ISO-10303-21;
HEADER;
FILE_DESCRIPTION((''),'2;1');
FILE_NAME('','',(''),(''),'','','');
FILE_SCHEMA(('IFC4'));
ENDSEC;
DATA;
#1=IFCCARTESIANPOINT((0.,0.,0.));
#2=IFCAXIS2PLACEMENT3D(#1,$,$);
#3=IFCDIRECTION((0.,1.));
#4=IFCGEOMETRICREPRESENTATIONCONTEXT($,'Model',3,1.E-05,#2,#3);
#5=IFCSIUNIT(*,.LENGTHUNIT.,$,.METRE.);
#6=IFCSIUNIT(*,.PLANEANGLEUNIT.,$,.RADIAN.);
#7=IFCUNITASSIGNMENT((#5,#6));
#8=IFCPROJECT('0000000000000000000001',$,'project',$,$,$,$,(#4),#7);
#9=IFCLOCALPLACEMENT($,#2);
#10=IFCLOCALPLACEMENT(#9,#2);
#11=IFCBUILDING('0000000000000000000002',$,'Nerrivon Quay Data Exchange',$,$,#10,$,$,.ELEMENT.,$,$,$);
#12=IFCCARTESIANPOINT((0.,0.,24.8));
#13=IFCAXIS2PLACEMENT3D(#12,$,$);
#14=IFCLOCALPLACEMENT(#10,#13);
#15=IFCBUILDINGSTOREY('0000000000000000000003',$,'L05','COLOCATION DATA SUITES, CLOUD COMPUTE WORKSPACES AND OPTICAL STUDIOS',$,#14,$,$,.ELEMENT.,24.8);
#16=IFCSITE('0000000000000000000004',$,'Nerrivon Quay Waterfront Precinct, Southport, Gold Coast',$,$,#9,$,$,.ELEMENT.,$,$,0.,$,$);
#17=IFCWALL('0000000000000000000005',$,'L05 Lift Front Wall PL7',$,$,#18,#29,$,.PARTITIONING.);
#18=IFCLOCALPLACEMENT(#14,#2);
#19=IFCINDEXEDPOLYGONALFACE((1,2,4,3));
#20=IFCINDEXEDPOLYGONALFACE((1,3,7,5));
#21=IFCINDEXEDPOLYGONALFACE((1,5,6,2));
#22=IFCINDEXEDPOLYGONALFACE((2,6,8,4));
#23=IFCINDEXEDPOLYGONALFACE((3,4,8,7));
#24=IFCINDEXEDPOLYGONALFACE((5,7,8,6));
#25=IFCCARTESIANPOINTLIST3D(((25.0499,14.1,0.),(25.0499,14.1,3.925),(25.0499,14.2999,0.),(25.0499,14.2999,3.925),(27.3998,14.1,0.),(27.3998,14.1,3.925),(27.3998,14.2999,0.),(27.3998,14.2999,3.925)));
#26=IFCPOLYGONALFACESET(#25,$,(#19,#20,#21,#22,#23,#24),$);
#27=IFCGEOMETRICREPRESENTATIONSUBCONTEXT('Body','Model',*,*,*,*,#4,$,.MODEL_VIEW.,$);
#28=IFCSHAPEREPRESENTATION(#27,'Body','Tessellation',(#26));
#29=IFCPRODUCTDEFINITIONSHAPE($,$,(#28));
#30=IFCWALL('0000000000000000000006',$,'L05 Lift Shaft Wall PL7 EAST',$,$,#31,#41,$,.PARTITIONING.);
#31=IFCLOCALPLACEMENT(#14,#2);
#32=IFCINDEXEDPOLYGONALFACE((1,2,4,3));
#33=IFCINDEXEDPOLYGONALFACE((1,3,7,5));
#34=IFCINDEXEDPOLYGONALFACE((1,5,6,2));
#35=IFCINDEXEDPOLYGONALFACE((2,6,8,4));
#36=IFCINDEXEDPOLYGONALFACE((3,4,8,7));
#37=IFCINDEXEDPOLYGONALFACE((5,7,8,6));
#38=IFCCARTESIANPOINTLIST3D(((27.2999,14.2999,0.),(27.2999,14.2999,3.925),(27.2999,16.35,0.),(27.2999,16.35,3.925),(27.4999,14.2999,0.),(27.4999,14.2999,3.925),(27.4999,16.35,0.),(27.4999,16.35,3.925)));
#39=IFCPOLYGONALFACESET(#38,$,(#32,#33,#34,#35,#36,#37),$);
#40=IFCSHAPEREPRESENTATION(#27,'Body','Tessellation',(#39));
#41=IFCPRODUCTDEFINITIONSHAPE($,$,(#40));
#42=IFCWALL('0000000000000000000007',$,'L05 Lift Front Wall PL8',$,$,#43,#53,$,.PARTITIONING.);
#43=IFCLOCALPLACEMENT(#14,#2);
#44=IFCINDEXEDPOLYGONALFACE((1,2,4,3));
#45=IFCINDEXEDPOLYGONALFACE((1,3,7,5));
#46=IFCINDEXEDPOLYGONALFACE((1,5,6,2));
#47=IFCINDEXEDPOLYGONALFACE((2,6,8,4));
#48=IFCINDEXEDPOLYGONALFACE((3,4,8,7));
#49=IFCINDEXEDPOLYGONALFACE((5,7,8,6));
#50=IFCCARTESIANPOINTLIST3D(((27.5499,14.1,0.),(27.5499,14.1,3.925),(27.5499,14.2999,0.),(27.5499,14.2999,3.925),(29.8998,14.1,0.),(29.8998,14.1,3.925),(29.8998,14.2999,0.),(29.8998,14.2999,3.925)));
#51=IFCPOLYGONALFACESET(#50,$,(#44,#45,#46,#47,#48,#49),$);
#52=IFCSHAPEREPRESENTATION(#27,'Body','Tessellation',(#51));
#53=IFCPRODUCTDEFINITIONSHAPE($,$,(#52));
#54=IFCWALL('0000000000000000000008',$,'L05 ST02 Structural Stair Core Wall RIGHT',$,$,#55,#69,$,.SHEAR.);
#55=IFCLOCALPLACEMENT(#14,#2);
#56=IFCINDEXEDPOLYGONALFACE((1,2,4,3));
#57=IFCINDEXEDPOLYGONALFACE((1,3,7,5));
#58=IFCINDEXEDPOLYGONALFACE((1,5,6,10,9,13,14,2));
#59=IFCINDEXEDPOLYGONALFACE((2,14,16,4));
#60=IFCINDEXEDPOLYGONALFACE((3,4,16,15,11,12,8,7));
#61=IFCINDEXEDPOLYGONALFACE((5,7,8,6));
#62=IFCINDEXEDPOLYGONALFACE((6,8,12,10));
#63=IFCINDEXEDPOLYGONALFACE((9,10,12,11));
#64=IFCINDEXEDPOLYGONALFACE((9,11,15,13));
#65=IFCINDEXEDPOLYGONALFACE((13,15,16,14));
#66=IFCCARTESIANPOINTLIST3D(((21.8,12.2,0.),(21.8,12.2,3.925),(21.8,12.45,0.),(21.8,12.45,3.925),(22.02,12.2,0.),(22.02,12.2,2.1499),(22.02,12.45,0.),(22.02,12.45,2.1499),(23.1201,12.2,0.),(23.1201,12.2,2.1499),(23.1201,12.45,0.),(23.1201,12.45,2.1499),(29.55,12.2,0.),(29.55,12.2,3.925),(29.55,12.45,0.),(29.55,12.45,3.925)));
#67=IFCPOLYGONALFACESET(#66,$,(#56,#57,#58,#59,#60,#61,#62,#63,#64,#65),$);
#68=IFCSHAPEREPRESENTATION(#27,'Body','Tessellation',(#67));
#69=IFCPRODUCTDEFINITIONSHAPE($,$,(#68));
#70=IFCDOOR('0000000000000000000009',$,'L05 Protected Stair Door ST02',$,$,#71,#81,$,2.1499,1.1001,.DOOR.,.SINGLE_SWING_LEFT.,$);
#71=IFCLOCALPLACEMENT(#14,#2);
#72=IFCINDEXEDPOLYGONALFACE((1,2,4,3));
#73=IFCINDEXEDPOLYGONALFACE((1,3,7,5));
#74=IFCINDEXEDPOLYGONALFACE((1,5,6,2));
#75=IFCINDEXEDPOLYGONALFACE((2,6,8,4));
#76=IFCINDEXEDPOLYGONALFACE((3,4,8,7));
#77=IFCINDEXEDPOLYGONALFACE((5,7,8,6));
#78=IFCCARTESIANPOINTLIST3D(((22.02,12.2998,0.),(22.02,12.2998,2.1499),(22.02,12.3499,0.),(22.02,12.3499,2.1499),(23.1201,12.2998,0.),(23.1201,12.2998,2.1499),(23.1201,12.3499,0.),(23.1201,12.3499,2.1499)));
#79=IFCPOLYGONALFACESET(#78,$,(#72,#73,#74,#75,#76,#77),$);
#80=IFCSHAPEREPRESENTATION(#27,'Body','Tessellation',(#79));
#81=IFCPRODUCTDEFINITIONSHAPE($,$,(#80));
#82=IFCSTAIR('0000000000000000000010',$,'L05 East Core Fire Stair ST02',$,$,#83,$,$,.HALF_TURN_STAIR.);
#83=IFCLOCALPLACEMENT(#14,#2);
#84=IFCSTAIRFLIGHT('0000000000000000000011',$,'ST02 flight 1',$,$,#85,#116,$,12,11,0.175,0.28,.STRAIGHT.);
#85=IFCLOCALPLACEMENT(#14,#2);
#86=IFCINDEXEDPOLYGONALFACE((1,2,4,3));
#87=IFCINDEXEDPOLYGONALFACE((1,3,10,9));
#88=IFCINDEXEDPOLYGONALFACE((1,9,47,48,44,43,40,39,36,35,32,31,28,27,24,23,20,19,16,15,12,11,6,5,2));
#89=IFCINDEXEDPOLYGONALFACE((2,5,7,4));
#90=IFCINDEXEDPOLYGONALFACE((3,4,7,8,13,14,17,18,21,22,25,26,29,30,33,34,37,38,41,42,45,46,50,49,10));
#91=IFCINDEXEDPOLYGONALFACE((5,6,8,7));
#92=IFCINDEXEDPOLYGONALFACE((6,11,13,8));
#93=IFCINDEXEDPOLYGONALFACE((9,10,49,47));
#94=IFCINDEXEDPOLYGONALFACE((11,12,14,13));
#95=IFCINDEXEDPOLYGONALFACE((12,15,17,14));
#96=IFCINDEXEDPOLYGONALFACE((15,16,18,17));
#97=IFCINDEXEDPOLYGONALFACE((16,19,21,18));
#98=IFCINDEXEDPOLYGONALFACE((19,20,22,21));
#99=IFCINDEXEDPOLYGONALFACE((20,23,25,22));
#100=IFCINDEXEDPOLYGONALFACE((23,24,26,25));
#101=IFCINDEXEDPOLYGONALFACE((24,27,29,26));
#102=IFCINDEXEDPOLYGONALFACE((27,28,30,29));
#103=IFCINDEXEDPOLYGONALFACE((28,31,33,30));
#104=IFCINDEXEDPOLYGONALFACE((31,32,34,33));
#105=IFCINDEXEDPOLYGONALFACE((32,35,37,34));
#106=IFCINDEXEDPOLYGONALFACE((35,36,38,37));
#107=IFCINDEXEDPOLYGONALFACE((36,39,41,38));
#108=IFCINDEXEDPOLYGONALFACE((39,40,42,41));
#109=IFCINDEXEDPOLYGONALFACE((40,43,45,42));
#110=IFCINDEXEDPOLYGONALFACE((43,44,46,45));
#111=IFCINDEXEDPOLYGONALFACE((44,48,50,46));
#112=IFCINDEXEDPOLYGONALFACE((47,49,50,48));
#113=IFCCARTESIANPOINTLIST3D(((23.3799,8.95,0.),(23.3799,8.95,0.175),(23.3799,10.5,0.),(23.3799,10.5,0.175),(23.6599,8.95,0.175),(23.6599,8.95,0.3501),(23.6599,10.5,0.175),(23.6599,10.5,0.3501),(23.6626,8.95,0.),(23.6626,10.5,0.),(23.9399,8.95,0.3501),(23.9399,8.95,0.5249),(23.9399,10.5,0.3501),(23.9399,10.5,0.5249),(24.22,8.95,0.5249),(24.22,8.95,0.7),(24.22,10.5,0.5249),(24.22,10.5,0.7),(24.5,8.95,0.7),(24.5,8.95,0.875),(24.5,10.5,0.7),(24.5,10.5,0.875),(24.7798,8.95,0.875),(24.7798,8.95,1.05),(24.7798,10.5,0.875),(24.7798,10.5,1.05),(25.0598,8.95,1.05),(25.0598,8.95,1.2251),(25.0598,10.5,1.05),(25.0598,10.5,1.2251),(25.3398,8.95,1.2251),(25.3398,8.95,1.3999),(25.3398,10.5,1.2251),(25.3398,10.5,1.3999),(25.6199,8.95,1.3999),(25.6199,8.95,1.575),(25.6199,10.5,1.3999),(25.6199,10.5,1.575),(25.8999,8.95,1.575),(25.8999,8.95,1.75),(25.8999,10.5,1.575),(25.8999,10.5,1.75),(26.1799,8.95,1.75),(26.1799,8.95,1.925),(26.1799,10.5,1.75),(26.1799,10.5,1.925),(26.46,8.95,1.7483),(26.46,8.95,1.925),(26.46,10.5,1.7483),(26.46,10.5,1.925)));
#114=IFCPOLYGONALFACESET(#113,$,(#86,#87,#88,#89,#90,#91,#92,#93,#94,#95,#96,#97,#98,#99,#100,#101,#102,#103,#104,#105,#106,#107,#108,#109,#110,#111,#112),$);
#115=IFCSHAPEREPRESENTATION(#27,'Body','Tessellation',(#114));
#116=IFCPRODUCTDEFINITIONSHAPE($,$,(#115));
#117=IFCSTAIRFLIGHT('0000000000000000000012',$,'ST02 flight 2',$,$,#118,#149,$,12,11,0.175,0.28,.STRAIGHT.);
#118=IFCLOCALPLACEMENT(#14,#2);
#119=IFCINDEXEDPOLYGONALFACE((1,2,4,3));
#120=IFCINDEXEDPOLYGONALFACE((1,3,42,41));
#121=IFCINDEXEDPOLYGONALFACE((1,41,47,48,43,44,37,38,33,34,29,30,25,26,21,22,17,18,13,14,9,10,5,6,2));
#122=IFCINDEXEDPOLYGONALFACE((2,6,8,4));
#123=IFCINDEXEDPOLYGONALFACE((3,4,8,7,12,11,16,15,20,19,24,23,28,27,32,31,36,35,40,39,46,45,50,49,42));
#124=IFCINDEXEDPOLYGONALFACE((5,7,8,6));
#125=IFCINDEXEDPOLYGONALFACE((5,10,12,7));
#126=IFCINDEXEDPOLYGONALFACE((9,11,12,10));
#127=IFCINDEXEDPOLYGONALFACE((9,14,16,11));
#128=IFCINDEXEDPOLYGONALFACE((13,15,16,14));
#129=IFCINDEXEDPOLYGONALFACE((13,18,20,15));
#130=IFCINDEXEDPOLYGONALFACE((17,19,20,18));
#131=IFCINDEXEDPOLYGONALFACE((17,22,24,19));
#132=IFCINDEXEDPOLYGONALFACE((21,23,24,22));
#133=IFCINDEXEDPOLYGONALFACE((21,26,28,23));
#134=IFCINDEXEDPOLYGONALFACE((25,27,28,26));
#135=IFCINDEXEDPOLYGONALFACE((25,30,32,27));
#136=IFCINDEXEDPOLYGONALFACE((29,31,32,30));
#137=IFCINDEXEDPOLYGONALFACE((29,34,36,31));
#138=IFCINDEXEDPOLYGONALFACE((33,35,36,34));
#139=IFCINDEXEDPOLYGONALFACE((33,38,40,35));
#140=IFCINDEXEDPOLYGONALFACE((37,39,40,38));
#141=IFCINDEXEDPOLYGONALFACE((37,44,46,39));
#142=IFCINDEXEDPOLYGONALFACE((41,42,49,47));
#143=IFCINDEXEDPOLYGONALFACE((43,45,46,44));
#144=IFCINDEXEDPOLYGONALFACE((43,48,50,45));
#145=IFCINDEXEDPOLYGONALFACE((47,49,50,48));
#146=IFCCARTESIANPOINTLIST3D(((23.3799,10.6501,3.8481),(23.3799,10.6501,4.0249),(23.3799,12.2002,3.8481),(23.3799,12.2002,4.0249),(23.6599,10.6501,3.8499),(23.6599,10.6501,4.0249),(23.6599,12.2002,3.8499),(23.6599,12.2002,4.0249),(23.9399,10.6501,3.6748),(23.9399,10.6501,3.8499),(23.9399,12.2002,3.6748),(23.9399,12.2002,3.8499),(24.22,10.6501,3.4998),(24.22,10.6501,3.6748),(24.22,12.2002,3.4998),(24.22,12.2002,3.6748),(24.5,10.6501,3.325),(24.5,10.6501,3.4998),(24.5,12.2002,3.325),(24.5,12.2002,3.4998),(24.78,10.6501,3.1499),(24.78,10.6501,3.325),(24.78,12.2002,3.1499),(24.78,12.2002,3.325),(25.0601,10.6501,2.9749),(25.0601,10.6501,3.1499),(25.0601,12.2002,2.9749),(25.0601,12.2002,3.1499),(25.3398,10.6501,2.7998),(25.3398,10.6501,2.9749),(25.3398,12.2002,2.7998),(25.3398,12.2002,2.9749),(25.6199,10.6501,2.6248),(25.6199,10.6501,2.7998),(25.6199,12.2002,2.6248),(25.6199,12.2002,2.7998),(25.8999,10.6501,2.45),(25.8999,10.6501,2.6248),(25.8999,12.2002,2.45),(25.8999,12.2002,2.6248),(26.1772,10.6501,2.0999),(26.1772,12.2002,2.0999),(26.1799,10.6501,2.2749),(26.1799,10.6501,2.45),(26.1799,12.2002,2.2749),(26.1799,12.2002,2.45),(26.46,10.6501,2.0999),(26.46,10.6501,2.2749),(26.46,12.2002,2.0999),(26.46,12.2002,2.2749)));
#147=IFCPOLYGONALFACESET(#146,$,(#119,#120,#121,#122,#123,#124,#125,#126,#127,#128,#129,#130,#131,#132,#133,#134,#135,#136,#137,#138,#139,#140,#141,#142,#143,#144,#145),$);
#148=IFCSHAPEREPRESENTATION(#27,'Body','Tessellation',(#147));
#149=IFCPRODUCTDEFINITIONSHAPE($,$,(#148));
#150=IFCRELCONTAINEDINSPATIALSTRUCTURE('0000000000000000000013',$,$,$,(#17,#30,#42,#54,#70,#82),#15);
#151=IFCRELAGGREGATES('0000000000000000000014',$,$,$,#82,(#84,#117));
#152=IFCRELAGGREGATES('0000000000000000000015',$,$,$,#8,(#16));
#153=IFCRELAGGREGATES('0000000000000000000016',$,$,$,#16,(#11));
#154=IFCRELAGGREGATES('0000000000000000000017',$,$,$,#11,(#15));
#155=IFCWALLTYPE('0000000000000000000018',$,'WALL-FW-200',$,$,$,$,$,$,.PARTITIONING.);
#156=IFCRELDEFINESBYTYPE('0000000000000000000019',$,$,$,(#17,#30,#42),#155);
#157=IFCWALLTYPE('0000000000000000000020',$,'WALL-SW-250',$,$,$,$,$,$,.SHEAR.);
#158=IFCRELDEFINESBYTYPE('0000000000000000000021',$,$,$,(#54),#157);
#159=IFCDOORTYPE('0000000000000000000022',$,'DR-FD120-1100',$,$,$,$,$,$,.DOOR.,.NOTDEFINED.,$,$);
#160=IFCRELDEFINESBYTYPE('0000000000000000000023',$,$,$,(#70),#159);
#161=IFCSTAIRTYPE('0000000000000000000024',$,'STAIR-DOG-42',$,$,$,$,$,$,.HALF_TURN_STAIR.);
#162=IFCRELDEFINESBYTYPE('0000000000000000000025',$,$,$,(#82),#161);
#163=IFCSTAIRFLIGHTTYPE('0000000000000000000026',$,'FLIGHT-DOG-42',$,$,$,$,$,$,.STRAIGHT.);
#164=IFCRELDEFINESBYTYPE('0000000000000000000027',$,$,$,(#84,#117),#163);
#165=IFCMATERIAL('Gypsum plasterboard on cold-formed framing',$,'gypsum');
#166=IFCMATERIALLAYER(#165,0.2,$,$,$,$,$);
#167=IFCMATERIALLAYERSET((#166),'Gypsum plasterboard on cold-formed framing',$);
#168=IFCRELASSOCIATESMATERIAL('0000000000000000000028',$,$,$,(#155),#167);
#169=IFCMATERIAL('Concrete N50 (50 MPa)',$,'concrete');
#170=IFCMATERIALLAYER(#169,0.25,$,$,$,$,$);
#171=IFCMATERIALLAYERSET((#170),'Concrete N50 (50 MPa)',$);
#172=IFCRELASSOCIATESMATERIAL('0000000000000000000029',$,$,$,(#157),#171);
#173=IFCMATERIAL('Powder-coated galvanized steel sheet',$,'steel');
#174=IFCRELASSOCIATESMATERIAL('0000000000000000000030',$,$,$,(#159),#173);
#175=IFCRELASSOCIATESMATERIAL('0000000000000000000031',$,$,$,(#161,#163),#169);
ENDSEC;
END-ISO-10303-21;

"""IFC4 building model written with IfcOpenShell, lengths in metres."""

from ifc_helpers import new_model, si_unit, direction, frame, frame_2d, origin, place, context, subcontext, project, spatial, polyline, rectangle, outline, extrude, material, layer, layer_set, type_object, element, fill, aggregate, save


model = new_model("IFC4")

# Units and contexts
model_context = context("Model", 3, precision=1e-05, world=origin(), true_north=direction((0.0, 1.0)))
body_context = subcontext(model_context, "Body", "Model", "MODEL_VIEW")
ifc_project = project(units=[si_unit("LENGTHUNIT", "METRE"), si_unit("PLANEANGLEUNIT", "RADIAN")], contexts=[model_context])

# Site, building, storey
site_placement = place(None, origin())
site = spatial("IfcSite", under=ifc_project, at=site_placement, Name="Nerrivon Quay Waterfront Precinct, Southport, Gold Coast", CompositionType="ELEMENT", RefElevation=0.0)
building_placement = place(site_placement, origin())
building = spatial("IfcBuilding", under=site, at=building_placement, Name="Nerrivon Quay Data Exchange", CompositionType="ELEMENT")
storey_placement = place(building_placement, frame((0.0, 0.0, 24.8)))
storey = spatial("IfcBuildingStorey", under=building, at=storey_placement, Name="L05", Description="COLOCATION DATA SUITES, CLOUD COMPUTE WORKSPACES AND OPTICAL STUDIOS", CompositionType="ELEMENT", Elevation=24.8)

# Shared definitions
ifc_material_1 = material(Name="Gypsum plasterboard on cold-formed framing", Category="gypsum")
ifc_layer_1 = layer(ifc_material_1, 0.2)
ifc_layer_set_1 = layer_set([ifc_layer_1], Name="Gypsum plasterboard on cold-formed framing")
wall_type_1 = type_object("IfcWallType", Name="WALL-FW-200", PredefinedType="PARTITIONING", material=ifc_layer_set_1)

# Shared definitions
ifc_material_2 = material(Name="Powder-coated galvanized steel sheet", Category="steel")

# Walls
wall_1_placement = place(storey_placement, frame((25.05, 14.2, 0.0), z_axis=(0.0, 0.0, 1.0), x_axis=(1.0, 0.0, 0.0)))
element("IfcWall", 1, at=wall_1_placement, inside=storey, type_object=wall_type_1, Name="L05 Lift Front Wall PL7", PredefinedType="PARTITIONING", context=body_context, shape_type="SweptSolid", body=[
    extrude(rectangle(XDim=2.3499, YDim=0.2, at=frame_2d((1.1748, 0.0))), origin(), (0.0, 0.0, 1.0), 3.925),
])
wall_2_placement = place(storey_placement, frame((27.3999, 14.3, 0.0), z_axis=(0.0, 0.0, 1.0), x_axis=(0.0, 1.0, 0.0)))
element("IfcWall", 2, at=wall_2_placement, inside=storey, type_object=wall_type_1, Name="L05 Lift Shaft Wall PL7 EAST", PredefinedType="PARTITIONING", context=body_context, shape_type="SweptSolid", body=[
    extrude(rectangle(XDim=2.05, YDim=0.2, at=frame_2d((1.0249, 0.0))), origin(), (0.0, 0.0, 1.0), 3.925),
])
wall_3_placement = place(storey_placement, frame((27.55, 14.2, 0.0), z_axis=(0.0, 0.0, 1.0), x_axis=(1.0, 0.0, 0.0)))
element("IfcWall", 3, at=wall_3_placement, inside=storey, type_object=wall_type_1, Name="L05 Lift Front Wall PL8", PredefinedType="PARTITIONING", context=body_context, shape_type="SweptSolid", body=[
    extrude(rectangle(XDim=2.3499, YDim=0.2, at=frame_2d((1.1748, 0.0))), origin(), (0.0, 0.0, 1.0), 3.925),
])

# Wall, opening, door
ifc_material_3 = material(Name="Concrete N50 (50 MPa)", Category="concrete")
ifc_layer_2 = layer(ifc_material_3, 0.25)
ifc_layer_set_2 = layer_set([ifc_layer_2], Name="Concrete N50 (50 MPa)")
wall_type_2 = type_object("IfcWallType", Name="WALL-SW-250", PredefinedType="SHEAR", material=ifc_layer_set_2)
wall_4_placement = place(storey_placement, frame((21.8, 12.325, 0.0), z_axis=(0.0, 0.0, 1.0), x_axis=(1.0, 0.0, 0.0)))
wall_4 = element("IfcWall", 4, at=wall_4_placement, inside=storey, type_object=wall_type_2, Name="L05 ST02 Structural Stair Core Wall RIGHT", PredefinedType="SHEAR", context=body_context, shape_type="SweptSolid", body=[
    extrude(rectangle(XDim=7.75, YDim=0.25, at=frame_2d((3.875, 0.0))), origin(), (0.0, 0.0, 1.0), 3.925),
])
opening_1_placement = place(wall_4_placement, frame((0.22, 0.0, 0.0)))
opening_1 = element("IfcOpeningElement", 5, at=opening_1_placement, cuts=wall_4, PredefinedType="OPENING", context=body_context, shape_type="SweptSolid", body=[
    extrude(rectangle(XDim=1.1001, YDim=2.1499, at=frame_2d((0.55, 1.075))), frame((0.0, 0.135, 0.0), z_axis=(0.0, -1.0, 0.0), x_axis=(1.0, 0.0, 0.0)), (0.0, 0.0, 1.0), 0.27),
])
door_type_1 = type_object("IfcDoorType", Name="DR-FD120-1100", OperationType="NOTDEFINED", PredefinedType="DOOR", material=ifc_material_2)
door_1_placement = place(opening_1_placement, origin())
door_1 = element("IfcDoor", 6, at=door_1_placement, inside=storey, type_object=door_type_1, Name="L05 Protected Stair Door ST02", OperationType="SINGLE_SWING_LEFT", OverallHeight=2.1499, OverallWidth=1.1001, PredefinedType="DOOR", context=body_context, shape_type="SweptSolid", body=[
    extrude(rectangle(XDim=1.1001, YDim=2.1499, at=frame_2d((0.55, 1.075))), frame((0.0, 0.0249, 0.0), z_axis=(0.0, -1.0, 0.0), x_axis=(1.0, 0.0, 0.0)), (0.0, 0.0, 1.0), 0.05),
])
fill(opening_1, door_1)

# Stair, stair flights
stair_type = type_object("IfcStairType", Name="STAIR-DOG-42", PredefinedType="HALF_TURN_STAIR", material=ifc_material_3)
stair_placement = place(storey_placement, origin())
stair = element("IfcStair", 7, at=stair_placement, inside=storey, type_object=stair_type, Name="L05 East Core Fire Stair ST02", PredefinedType="HALF_TURN_STAIR")
stair_flight_type = type_object("IfcStairFlightType", Name="FLIGHT-DOG-42", PredefinedType="STRAIGHT", material=ifc_material_3)
stair_flight_1_placement = place(storey_placement, frame((23.3799, 9.7251, 0.0), z_axis=(0.0, 0.0, 1.0), x_axis=(1.0, 0.0, 0.0)))
stair_flight_1 = element("IfcStairFlight", 8, at=stair_flight_1_placement, type_object=stair_flight_type, Name="ST02 flight 1", NumberOfRisers=12, NumberOfTreads=11, PredefinedType="STRAIGHT", RiserHeight=0.175, TreadLength=0.28, context=body_context, shape_type="SweptSolid", body=[
    extrude(outline(polyline([(0.0, 0.0), (0.0, 0.175), (0.28, 0.175), (0.28, 0.3501), (0.5601, 0.3501), (0.5601, 0.5249), (0.8401, 0.5249), (0.8401, 0.7), (1.1201, 0.7), (1.1201, 0.875), (1.3999, 0.875), (1.3999, 1.05), (1.6799, 1.05), (1.6799, 1.2251), (1.96, 1.2251), (1.96, 1.3999), (2.24, 1.3999), (2.24, 1.575), (2.52, 1.575), (2.52, 1.75), (2.8, 1.75), (2.8, 1.925), (3.0801, 1.925), (3.0801, 2.1001), (3.0801, 1.7483), (0.2827, 0.0), (0.0, 0.0)])), frame((0.0, 0.7749, 0.0), z_axis=(0.0, -1.0, 0.0), x_axis=(1.0, 0.0, 0.0)), (0.0, 0.0, 1.0), 1.55),
])
stair_flight_2_placement = place(storey_placement, frame((26.46, 11.425, 2.0999), z_axis=(0.0, 0.0, 1.0), x_axis=(-1.0, 0.0, 0.0)))
stair_flight_2 = element("IfcStairFlight", 9, at=stair_flight_2_placement, type_object=stair_flight_type, Name="ST02 flight 2", NumberOfRisers=12, NumberOfTreads=11, PredefinedType="STRAIGHT", RiserHeight=0.175, TreadLength=0.28, context=body_context, shape_type="SweptSolid", body=[
    extrude(outline(polyline([(0.0, 0.0), (0.0, 0.175), (0.28, 0.175), (0.28, 0.3501), (0.5601, 0.3501), (0.5601, 0.5249), (0.8401, 0.5249), (0.8401, 0.7), (1.1201, 0.7), (1.1201, 0.875), (1.3999, 0.875), (1.3999, 1.05), (1.6799, 1.05), (1.6799, 1.2251), (1.96, 1.2251), (1.96, 1.3999), (2.24, 1.3999), (2.24, 1.575), (2.52, 1.575), (2.52, 1.75), (2.8, 1.75), (2.8, 1.925), (3.0801, 1.925), (3.0801, 2.1001), (3.0801, 1.7483), (0.2827, 0.0), (0.0, 0.0)])), frame((0.0, 0.7749, 0.0), z_axis=(0.0, -1.0, 0.0), x_axis=(1.0, 0.0, 0.0)), (0.0, 0.0, 1.0), 1.55),
])
aggregate(stair, [stair_flight_1, stair_flight_2])

save(model, "model.ifc")
